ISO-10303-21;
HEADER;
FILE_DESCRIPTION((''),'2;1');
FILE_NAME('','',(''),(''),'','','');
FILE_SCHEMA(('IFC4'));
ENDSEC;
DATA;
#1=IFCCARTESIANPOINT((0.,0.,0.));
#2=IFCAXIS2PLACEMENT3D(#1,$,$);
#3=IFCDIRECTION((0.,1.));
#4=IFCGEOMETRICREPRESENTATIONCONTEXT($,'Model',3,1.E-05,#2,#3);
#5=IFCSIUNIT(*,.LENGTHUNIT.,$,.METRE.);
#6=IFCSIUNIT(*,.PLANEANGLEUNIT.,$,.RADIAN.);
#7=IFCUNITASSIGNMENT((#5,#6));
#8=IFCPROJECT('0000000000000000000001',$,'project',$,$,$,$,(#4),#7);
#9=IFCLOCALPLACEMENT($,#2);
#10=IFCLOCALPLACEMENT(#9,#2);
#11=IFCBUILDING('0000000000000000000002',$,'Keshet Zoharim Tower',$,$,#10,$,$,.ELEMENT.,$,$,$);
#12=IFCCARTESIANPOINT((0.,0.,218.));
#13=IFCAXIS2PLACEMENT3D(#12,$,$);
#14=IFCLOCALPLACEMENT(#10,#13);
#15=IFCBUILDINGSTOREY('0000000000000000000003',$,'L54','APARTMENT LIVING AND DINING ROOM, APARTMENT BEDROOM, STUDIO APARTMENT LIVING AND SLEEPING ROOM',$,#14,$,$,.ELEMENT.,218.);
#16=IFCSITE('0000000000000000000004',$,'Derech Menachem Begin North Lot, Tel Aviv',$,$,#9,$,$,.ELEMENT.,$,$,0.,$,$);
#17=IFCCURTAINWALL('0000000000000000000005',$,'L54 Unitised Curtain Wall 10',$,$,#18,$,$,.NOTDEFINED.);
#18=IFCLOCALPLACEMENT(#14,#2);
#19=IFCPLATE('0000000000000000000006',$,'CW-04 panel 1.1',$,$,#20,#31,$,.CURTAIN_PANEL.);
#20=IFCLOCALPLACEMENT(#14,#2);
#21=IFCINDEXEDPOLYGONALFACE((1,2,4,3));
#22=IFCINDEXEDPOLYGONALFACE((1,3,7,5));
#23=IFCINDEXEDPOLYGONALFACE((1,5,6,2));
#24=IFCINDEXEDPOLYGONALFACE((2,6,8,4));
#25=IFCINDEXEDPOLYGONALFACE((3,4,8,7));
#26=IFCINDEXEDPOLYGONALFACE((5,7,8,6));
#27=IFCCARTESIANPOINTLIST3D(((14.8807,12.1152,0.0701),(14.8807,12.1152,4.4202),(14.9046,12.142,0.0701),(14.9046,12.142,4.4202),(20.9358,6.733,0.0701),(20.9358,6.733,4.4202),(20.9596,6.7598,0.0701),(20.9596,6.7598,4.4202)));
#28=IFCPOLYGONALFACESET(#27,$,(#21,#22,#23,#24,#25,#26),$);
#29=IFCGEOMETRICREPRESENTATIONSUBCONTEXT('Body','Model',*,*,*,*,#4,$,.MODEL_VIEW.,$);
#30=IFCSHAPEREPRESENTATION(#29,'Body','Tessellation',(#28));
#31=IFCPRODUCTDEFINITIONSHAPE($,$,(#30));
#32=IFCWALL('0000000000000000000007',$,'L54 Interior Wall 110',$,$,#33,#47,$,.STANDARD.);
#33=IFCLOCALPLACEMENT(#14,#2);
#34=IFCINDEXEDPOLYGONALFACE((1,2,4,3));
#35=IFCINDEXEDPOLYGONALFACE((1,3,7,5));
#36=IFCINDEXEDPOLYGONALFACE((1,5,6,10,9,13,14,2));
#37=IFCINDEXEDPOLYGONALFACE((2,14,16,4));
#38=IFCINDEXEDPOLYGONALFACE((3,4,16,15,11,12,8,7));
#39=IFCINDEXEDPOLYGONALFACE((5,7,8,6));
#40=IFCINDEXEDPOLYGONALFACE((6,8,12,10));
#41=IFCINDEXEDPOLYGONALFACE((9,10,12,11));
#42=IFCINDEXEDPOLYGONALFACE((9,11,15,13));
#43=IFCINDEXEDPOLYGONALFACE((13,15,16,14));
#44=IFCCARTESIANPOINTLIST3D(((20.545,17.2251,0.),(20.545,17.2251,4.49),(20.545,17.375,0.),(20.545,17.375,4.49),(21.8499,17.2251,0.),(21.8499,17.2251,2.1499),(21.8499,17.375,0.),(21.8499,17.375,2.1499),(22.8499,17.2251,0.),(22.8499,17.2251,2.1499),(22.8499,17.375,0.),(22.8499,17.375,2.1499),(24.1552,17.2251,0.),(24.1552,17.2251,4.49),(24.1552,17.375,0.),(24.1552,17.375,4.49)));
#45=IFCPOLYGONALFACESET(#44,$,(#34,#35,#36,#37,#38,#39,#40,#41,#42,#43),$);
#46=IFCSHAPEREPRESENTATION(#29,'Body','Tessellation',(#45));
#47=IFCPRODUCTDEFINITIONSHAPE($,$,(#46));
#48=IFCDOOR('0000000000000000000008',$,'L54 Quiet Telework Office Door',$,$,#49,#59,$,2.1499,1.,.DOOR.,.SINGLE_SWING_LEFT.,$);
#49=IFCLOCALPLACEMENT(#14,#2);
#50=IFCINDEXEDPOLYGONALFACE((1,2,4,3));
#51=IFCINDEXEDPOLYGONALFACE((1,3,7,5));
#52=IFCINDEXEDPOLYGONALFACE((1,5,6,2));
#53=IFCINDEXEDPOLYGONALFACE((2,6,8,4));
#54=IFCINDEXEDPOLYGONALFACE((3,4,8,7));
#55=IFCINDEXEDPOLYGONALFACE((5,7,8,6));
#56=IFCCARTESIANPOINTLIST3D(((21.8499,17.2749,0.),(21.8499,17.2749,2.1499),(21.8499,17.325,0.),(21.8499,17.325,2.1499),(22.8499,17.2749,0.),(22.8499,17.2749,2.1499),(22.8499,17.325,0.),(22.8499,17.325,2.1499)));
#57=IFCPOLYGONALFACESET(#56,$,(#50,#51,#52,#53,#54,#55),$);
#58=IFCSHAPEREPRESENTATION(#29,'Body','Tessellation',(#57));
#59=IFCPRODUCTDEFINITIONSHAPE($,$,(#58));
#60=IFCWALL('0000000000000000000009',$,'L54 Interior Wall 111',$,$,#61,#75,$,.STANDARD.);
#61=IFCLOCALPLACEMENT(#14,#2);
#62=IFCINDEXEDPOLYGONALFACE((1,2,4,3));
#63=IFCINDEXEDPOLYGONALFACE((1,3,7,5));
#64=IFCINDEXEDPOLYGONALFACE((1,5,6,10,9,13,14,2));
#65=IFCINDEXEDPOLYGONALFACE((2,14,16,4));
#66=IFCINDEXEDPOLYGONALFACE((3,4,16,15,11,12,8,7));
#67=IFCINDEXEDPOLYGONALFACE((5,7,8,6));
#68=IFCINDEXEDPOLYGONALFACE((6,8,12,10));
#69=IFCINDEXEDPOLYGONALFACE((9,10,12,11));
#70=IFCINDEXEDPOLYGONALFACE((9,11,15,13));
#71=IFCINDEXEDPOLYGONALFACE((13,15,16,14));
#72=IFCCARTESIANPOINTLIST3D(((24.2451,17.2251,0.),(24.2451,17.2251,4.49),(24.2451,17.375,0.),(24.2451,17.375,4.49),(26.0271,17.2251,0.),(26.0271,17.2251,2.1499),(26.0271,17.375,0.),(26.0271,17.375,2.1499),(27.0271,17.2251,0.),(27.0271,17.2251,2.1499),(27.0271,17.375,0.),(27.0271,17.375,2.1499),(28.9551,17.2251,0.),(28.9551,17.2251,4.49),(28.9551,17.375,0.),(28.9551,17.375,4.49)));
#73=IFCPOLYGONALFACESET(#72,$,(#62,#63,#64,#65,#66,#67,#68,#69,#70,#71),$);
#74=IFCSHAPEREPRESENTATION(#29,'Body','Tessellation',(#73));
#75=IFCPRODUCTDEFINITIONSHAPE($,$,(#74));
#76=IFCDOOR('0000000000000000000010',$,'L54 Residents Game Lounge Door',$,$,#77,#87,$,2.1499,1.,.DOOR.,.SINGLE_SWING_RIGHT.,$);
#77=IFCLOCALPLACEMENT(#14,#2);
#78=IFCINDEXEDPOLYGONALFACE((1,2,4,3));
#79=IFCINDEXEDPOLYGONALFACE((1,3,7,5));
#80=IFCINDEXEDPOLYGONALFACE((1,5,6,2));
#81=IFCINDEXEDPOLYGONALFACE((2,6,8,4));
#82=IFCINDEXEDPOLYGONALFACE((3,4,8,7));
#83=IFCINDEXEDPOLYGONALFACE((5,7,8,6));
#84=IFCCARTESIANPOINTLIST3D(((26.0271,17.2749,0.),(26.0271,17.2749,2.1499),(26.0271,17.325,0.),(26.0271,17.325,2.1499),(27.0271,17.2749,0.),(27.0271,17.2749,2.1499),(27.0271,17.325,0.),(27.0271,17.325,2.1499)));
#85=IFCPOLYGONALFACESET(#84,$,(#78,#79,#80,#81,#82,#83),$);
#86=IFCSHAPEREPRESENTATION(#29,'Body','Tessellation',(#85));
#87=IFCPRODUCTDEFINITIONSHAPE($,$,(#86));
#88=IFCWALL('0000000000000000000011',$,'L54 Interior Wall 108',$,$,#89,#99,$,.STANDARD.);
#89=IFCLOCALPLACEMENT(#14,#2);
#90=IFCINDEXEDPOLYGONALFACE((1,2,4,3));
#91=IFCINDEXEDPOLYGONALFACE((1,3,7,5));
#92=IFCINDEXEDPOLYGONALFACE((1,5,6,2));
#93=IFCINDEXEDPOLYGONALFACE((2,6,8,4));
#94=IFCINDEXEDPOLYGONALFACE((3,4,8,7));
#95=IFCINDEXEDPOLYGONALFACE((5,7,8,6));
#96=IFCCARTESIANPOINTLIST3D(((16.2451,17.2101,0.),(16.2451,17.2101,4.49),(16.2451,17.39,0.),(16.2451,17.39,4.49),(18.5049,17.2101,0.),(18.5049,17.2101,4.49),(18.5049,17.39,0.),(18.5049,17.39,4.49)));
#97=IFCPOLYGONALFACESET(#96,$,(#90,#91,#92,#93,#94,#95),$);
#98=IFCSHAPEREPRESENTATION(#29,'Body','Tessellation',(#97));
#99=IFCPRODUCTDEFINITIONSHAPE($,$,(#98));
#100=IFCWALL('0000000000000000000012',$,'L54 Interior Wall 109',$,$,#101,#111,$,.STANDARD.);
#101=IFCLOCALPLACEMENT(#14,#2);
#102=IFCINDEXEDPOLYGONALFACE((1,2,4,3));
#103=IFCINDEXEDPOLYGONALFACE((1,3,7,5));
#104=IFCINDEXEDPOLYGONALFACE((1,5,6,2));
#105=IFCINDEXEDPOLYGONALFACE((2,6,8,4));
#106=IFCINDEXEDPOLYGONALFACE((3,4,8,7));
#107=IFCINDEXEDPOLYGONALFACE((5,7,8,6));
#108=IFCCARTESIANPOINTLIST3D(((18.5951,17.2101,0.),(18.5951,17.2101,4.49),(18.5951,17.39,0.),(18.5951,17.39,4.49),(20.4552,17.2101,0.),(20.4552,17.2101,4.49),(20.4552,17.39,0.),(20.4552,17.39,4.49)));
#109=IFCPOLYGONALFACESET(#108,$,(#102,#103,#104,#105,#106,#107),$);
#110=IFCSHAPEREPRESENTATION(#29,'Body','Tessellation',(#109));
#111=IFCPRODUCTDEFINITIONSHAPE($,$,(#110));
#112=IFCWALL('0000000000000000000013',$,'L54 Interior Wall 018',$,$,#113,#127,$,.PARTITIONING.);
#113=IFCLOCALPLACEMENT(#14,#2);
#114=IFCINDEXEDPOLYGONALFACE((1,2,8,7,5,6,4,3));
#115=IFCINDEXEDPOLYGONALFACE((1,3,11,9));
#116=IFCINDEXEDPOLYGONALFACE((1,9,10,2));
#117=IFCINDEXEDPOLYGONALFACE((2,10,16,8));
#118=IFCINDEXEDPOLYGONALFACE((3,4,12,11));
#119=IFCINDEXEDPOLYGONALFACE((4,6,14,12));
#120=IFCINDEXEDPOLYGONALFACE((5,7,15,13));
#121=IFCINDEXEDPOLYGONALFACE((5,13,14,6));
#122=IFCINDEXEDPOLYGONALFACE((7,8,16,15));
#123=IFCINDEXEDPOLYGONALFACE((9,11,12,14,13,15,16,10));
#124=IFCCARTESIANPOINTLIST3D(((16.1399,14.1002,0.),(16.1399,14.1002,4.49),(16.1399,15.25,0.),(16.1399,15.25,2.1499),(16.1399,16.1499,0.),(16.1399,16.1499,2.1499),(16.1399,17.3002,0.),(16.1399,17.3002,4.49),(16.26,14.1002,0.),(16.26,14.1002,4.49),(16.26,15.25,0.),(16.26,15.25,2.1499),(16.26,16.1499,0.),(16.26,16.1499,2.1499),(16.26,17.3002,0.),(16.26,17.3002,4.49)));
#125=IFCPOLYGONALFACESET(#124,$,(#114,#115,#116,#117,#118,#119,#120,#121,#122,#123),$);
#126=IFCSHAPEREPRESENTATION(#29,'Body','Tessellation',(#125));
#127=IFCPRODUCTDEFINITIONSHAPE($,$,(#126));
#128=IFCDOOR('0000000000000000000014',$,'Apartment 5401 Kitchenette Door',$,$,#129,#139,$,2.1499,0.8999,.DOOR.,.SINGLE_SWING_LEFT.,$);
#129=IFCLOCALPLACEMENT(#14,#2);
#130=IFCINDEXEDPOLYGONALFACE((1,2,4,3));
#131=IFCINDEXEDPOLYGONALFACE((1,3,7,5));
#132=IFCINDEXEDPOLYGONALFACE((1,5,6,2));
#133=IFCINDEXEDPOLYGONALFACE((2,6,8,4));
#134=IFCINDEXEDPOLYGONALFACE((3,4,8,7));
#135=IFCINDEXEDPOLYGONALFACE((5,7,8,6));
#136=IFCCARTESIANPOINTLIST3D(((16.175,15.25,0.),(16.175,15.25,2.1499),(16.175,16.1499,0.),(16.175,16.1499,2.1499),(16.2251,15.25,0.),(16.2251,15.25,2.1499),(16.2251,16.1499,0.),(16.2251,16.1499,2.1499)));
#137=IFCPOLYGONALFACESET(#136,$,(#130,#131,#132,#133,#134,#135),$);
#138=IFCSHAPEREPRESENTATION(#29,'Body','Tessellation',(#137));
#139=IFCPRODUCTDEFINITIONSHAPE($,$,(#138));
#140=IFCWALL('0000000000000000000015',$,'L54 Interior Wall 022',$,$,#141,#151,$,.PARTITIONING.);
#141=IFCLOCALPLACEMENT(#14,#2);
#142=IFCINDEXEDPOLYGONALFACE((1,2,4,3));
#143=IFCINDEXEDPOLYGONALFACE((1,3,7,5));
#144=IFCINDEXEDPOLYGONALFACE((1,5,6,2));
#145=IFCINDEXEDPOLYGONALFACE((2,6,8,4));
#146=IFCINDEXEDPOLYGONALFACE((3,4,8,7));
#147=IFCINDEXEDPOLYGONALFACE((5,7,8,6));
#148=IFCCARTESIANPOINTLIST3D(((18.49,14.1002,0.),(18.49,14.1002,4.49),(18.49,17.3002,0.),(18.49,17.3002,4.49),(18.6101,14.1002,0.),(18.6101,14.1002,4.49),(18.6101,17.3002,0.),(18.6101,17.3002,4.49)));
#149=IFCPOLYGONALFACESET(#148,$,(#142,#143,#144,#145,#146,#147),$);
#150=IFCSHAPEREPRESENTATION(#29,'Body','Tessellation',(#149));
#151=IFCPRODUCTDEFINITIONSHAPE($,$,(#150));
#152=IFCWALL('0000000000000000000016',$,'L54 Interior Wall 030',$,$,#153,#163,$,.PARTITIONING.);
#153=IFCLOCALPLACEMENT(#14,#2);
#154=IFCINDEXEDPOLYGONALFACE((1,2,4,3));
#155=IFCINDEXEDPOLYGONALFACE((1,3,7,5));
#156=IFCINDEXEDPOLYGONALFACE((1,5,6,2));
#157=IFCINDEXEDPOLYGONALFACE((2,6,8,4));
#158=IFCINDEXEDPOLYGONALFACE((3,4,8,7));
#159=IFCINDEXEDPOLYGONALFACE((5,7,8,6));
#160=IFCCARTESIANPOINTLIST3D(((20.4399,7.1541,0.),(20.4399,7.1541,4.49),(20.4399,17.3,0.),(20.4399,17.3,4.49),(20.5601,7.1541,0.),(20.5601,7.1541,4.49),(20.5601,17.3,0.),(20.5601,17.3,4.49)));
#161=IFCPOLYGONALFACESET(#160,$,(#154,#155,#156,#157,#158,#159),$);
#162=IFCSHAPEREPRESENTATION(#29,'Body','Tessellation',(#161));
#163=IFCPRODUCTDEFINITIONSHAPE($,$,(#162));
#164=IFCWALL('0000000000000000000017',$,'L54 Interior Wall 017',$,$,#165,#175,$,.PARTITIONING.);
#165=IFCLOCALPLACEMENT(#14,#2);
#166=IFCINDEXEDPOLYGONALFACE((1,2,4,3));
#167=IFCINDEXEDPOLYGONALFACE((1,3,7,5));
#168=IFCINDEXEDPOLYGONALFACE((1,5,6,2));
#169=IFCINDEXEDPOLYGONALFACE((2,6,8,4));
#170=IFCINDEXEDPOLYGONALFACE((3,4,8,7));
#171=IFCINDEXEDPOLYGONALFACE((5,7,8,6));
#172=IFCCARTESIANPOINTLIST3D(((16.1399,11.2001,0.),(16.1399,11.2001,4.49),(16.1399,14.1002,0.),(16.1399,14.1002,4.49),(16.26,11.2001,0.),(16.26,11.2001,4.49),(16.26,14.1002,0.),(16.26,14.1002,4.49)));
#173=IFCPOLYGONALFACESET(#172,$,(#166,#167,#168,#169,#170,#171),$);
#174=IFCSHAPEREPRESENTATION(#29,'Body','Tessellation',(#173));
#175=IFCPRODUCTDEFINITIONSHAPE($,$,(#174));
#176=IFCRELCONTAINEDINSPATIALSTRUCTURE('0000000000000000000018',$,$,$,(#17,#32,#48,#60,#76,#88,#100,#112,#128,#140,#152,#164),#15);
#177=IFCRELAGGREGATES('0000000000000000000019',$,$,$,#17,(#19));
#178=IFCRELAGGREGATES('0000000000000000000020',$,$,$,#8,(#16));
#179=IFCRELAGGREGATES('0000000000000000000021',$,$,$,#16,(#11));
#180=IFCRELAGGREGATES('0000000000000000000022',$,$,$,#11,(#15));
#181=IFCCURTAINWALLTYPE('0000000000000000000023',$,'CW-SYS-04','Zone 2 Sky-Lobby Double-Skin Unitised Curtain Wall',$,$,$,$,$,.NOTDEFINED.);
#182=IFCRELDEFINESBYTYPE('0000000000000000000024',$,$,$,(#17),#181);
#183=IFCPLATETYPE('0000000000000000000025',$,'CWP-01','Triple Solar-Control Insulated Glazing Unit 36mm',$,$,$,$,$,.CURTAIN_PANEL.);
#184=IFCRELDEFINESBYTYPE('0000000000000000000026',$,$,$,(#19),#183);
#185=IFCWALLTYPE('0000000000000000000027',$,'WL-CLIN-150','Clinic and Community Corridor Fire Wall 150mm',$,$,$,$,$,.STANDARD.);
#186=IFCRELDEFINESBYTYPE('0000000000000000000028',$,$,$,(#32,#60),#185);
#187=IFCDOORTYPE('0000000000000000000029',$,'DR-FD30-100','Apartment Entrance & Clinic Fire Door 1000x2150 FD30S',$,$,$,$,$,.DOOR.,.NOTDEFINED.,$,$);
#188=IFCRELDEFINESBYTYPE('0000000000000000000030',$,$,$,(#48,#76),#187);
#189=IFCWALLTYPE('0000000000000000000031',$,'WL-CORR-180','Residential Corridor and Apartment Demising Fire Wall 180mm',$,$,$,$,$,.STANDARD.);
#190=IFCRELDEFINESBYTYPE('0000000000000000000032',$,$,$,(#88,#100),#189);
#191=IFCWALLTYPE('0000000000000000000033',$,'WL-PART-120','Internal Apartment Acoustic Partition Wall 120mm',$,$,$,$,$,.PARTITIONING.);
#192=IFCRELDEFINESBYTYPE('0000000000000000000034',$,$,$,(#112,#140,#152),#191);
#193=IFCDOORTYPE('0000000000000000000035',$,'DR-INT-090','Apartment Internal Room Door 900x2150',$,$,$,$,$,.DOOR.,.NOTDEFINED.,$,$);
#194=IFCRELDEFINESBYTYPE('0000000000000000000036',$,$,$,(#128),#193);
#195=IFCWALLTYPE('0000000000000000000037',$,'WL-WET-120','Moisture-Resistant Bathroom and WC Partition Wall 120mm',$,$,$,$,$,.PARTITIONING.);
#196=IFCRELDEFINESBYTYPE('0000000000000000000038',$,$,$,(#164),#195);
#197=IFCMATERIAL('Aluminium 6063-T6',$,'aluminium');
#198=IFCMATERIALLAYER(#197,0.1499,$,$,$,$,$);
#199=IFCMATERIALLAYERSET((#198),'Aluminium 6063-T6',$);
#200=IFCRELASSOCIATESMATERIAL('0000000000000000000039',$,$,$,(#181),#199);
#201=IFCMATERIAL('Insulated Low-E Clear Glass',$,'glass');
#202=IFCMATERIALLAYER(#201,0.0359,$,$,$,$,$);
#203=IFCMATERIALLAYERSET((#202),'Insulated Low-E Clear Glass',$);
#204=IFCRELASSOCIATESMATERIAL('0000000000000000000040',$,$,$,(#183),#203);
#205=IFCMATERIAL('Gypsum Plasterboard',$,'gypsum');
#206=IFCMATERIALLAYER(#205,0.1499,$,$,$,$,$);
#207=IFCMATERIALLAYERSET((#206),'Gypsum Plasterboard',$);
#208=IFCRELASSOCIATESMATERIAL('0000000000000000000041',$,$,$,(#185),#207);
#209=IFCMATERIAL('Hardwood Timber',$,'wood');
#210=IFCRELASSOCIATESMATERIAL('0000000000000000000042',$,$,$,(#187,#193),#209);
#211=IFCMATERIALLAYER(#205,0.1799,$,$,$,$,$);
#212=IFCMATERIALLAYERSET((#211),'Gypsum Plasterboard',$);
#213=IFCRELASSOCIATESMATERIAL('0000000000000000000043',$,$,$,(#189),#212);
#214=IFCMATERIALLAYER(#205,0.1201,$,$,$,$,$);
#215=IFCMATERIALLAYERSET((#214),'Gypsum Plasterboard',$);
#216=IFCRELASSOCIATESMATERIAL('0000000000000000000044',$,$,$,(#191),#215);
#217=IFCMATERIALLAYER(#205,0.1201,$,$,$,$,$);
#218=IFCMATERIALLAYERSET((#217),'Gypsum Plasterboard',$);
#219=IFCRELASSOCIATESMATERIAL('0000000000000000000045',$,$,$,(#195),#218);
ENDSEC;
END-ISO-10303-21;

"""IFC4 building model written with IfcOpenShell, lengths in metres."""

from ifc_helpers import new_model, si_unit, direction, frame, frame_2d, origin, origin_2d, place, context, subcontext, project, spatial, rectangle, extrude, material, layer, layer_set, type_object, element, fill, aggregate, save


model = new_model("IFC4")

# Units and contexts
model_context = context("Model", 3, precision=1e-05, world=origin(), true_north=direction((0.0, 1.0)))
body_context = subcontext(model_context, "Body", "Model", "MODEL_VIEW")
ifc_project = project(units=[si_unit("LENGTHUNIT", "METRE"), si_unit("PLANEANGLEUNIT", "RADIAN")], contexts=[model_context])

# Site, building, storey
site_placement = place(None, origin())
site = spatial("IfcSite", under=ifc_project, at=site_placement, Name="Derech Menachem Begin North Lot, Tel Aviv", CompositionType="ELEMENT", RefElevation=0.0)
building_placement = place(site_placement, origin())
building = spatial("IfcBuilding", under=site, at=building_placement, Name="Keshet Zoharim Tower", CompositionType="ELEMENT")
storey_placement = place(building_placement, frame((0.0, 0.0, 218.0)))
storey = spatial("IfcBuildingStorey", under=building, at=storey_placement, Name="L54", Description="APARTMENT LIVING AND DINING ROOM, APARTMENT BEDROOM, STUDIO APARTMENT LIVING AND SLEEPING ROOM", CompositionType="ELEMENT", Elevation=218.0)

# Curtain wall, plate
ifc_material_1 = material(Name="Aluminium 6063-T6", Category="aluminium")
ifc_layer_1 = layer(ifc_material_1, 0.1499)
ifc_layer_set_1 = layer_set([ifc_layer_1], Name="Aluminium 6063-T6")
curtain_wall_type = type_object("IfcCurtainWallType", Name="CW-SYS-04", Description="Zone 2 Sky-Lobby Double-Skin Unitised Curtain Wall", PredefinedType="NOTDEFINED", material=ifc_layer_set_1)
curtain_wall_placement = place(storey_placement, origin())
curtain_wall = element("IfcCurtainWall", 1, at=curtain_wall_placement, inside=storey, type_object=curtain_wall_type, Name="L54 Unitised Curtain Wall 10", PredefinedType="NOTDEFINED")
ifc_material_2 = material(Name="Insulated Low-E Clear Glass", Category="glass")
ifc_layer_2 = layer(ifc_material_2, 0.0359)
ifc_layer_set_2 = layer_set([ifc_layer_2], Name="Insulated Low-E Clear Glass")
plate_type = type_object("IfcPlateType", Name="CWP-01", Description="Triple Solar-Control Insulated Glazing Unit 36mm", PredefinedType="CURTAIN_PANEL", material=ifc_layer_set_2)
plate_placement = place(storey_placement, frame((17.9202, 9.4375, 0.0701), z_axis=(0.0, 0.0, 1.0), x_axis=(-0.747415, 0.664358, 0.0)))
plate = element("IfcPlate", 2, at=plate_placement, type_object=plate_type, Name="CW-04 panel 1.1", PredefinedType="CURTAIN_PANEL", context=body_context, shape_type="SweptSolid", body=[
    extrude(rectangle(XDim=8.1013, YDim=0.0359, at=origin_2d()), origin(), (0.0, 0.0, 1.0), 4.3501),
])
aggregate(curtain_wall, [plate])

# Walls, openings, doors
ifc_material_3 = material(Name="Gypsum Plasterboard", Category="gypsum")
ifc_layer_3 = layer(ifc_material_3, 0.1499)
ifc_layer_set_3 = layer_set([ifc_layer_3], Name="Gypsum Plasterboard")
wall_type_1 = type_object("IfcWallType", Name="WL-CLIN-150", Description="Clinic and Community Corridor Fire Wall 150mm", PredefinedType="STANDARD", material=ifc_layer_set_3)
wall_1_placement = place(storey_placement, frame((20.5449, 17.3, 0.0), z_axis=(0.0, 0.0, 1.0), x_axis=(1.0, 0.0, 0.0)))
wall_1 = element("IfcWall", 3, at=wall_1_placement, inside=storey, type_object=wall_type_1, Name="L54 Interior Wall 110", PredefinedType="STANDARD", context=body_context, shape_type="SweptSolid", body=[
    extrude(rectangle(XDim=3.6101, YDim=0.1499, at=frame_2d((1.8052, 0.0))), origin(), (0.0, 0.0, 1.0), 4.49),
])
opening_1_placement = place(wall_1_placement, frame((1.3049, 0.0, 0.0)))
opening_1 = element("IfcOpeningElement", 4, at=opening_1_placement, cuts=wall_1, PredefinedType="OPENING", context=body_context, shape_type="SweptSolid", body=[
    extrude(rectangle(XDim=1.0, YDim=2.1499, at=frame_2d((0.5, 1.075))), frame((0.0, 0.085, 0.0), z_axis=(0.0, -1.0, 0.0), x_axis=(1.0, 0.0, 0.0)), (0.0, 0.0, 1.0), 0.1699),
])
ifc_material_4 = material(Name="Hardwood Timber", Category="wood")
door_type_1 = type_object("IfcDoorType", Name="DR-FD30-100", Description="Apartment Entrance & Clinic Fire Door 1000x2150 FD30S", OperationType="NOTDEFINED", PredefinedType="DOOR", material=ifc_material_4)
door_1_placement = place(opening_1_placement, origin())
door_1 = element("IfcDoor", 5, at=door_1_placement, inside=storey, type_object=door_type_1, Name="L54 Quiet Telework Office Door", OperationType="SINGLE_SWING_LEFT", OverallHeight=2.1499, OverallWidth=1.0, PredefinedType="DOOR", context=body_context, shape_type="SweptSolid", body=[
    extrude(rectangle(XDim=1.0, YDim=2.1499, at=frame_2d((0.5, 1.075))), frame((0.0, 0.0249, 0.0), z_axis=(0.0, -1.0, 0.0), x_axis=(1.0, 0.0, 0.0)), (0.0, 0.0, 1.0), 0.05),
])
fill(opening_1, door_1)
wall_2_placement = place(storey_placement, frame((24.2451, 17.3, 0.0), z_axis=(0.0, 0.0, 1.0), x_axis=(1.0, 0.0, 0.0)))
wall_2 = element("IfcWall", 6, at=wall_2_placement, inside=storey, type_object=wall_type_1, Name="L54 Interior Wall 111", PredefinedType="STANDARD", context=body_context, shape_type="SweptSolid", body=[
    extrude(rectangle(XDim=4.71, YDim=0.1499, at=frame_2d((2.355, 0.0))), origin(), (0.0, 0.0, 1.0), 4.49),
])
opening_2_placement = place(wall_2_placement, frame((1.782, 0.0, 0.0)))
opening_2 = element("IfcOpeningElement", 7, at=opening_2_placement, cuts=wall_2, PredefinedType="OPENING", context=body_context, shape_type="SweptSolid", body=[
    extrude(rectangle(XDim=1.0, YDim=2.1499, at=frame_2d((0.5, 1.075))), frame((0.0, 0.085, 0.0), z_axis=(0.0, -1.0, 0.0), x_axis=(1.0, 0.0, 0.0)), (0.0, 0.0, 1.0), 0.1699),
])
door_2_placement = place(opening_2_placement, origin())
door_2 = element("IfcDoor", 8, at=door_2_placement, inside=storey, type_object=door_type_1, Name="L54 Residents Game Lounge Door", OperationType="SINGLE_SWING_RIGHT", OverallHeight=2.1499, OverallWidth=1.0, PredefinedType="DOOR", context=body_context, shape_type="SweptSolid", body=[
    extrude(rectangle(XDim=1.0, YDim=2.1499, at=frame_2d((0.5, 1.075))), frame((0.0, 0.0249, 0.0), z_axis=(0.0, -1.0, 0.0), x_axis=(1.0, 0.0, 0.0)), (0.0, 0.0, 1.0), 0.05),
])
fill(opening_2, door_2)

# Walls
ifc_layer_4 = layer(ifc_material_3, 0.1799)
ifc_layer_set_4 = layer_set([ifc_layer_4], Name="Gypsum Plasterboard")
wall_type_2 = type_object("IfcWallType", Name="WL-CORR-180", Description="Residential Corridor and Apartment Demising Fire Wall 180mm", PredefinedType="STANDARD", material=ifc_layer_set_4)
wall_3_placement = place(storey_placement, frame((16.2451, 17.3, 0.0), z_axis=(0.0, 0.0, 1.0), x_axis=(1.0, 0.0, 0.0)))
element("IfcWall", 9, at=wall_3_placement, inside=storey, type_object=wall_type_2, Name="L54 Interior Wall 108", PredefinedType="STANDARD", context=body_context, shape_type="SweptSolid", body=[
    extrude(rectangle(XDim=2.2598, YDim=0.1799, at=frame_2d((1.1299, 0.0))), origin(), (0.0, 0.0, 1.0), 4.49),
])
wall_4_placement = place(storey_placement, frame((18.595, 17.3, 0.0), z_axis=(0.0, 0.0, 1.0), x_axis=(1.0, 0.0, 0.0)))
element("IfcWall", 10, at=wall_4_placement, inside=storey, type_object=wall_type_2, Name="L54 Interior Wall 109", PredefinedType="STANDARD", context=body_context, shape_type="SweptSolid", body=[
    extrude(rectangle(XDim=1.8601, YDim=0.1799, at=frame_2d((0.9302, 0.0))), origin(), (0.0, 0.0, 1.0), 4.49),
])

# Wall, opening, door
ifc_layer_5 = layer(ifc_material_3, 0.1201)
ifc_layer_set_5 = layer_set([ifc_layer_5], Name="Gypsum Plasterboard")
wall_type_3 = type_object("IfcWallType", Name="WL-PART-120", Description="Internal Apartment Acoustic Partition Wall 120mm", PredefinedType="PARTITIONING", material=ifc_layer_set_5)
wall_5_placement = place(storey_placement, frame((16.2, 14.1001, 0.0), z_axis=(0.0, 0.0, 1.0), x_axis=(0.0, 1.0, 0.0)))
wall_5 = element("IfcWall", 11, at=wall_5_placement, inside=storey, type_object=wall_type_3, Name="L54 Interior Wall 018", PredefinedType="PARTITIONING", context=body_context, shape_type="SweptSolid", body=[
    extrude(rectangle(XDim=3.2, YDim=0.1201, at=frame_2d((1.6001, 0.0))), origin(), (0.0, 0.0, 1.0), 4.49),
])
opening_3_placement = place(wall_5_placement, frame((1.1499, 0.0, 0.0)))
opening_3 = element("IfcOpeningElement", 12, at=opening_3_placement, cuts=wall_5, PredefinedType="OPENING", context=body_context, shape_type="SweptSolid", body=[
    extrude(rectangle(XDim=0.8999, YDim=2.1499, at=frame_2d((0.45, 1.075))), frame((0.0, 0.0701, 0.0), z_axis=(0.0, -1.0, 0.0), x_axis=(1.0, 0.0, 0.0)), (0.0, 0.0, 1.0), 0.1401),
])
door_type_2 = type_object("IfcDoorType", Name="DR-INT-090", Description="Apartment Internal Room Door 900x2150", OperationType="NOTDEFINED", PredefinedType="DOOR", material=ifc_material_4)
door_3_placement = place(opening_3_placement, origin())
door_3 = element("IfcDoor", 13, at=door_3_placement, inside=storey, type_object=door_type_2, Name="Apartment 5401 Kitchenette Door", OperationType="SINGLE_SWING_LEFT", OverallHeight=2.1499, OverallWidth=0.8999, PredefinedType="DOOR", context=body_context, shape_type="SweptSolid", body=[
    extrude(rectangle(XDim=0.8999, YDim=2.1499, at=frame_2d((0.45, 1.075))), frame((0.0, 0.0249, 0.0), z_axis=(0.0, -1.0, 0.0), x_axis=(1.0, 0.0, 0.0)), (0.0, 0.0, 1.0), 0.05),
])
fill(opening_3, door_3)

# Walls
wall_6_placement = place(storey_placement, frame((18.55, 14.1001, 0.0), z_axis=(0.0, 0.0, 1.0), x_axis=(0.0, 1.0, 0.0)))
element("IfcWall", 14, at=wall_6_placement, inside=storey, type_object=wall_type_3, Name="L54 Interior Wall 022", PredefinedType="PARTITIONING", context=body_context, shape_type="SweptSolid", body=[
    extrude(rectangle(XDim=3.2, YDim=0.1201, at=frame_2d((1.6001, 0.0))), origin(), (0.0, 0.0, 1.0), 4.49),
])
wall_7_placement = place(storey_placement, frame((20.5, 7.1541, 0.0), z_axis=(0.0, 0.0, 1.0), x_axis=(0.0, 1.0, 0.0)))
element("IfcWall", 15, at=wall_7_placement, inside=storey, type_object=wall_type_3, Name="L54 Interior Wall 030", PredefinedType="PARTITIONING", context=body_context, shape_type="SweptSolid", body=[
    extrude(rectangle(XDim=10.146, YDim=0.1201, at=frame_2d((5.073, 0.0))), origin(), (0.0, 0.0, 1.0), 4.49),
])
ifc_layer_6 = layer(ifc_material_3, 0.1201)
ifc_layer_set_6 = layer_set([ifc_layer_6], Name="Gypsum Plasterboard")
wall_type_4 = type_object("IfcWallType", Name="WL-WET-120", Description="Moisture-Resistant Bathroom and WC Partition Wall 120mm", PredefinedType="PARTITIONING", material=ifc_layer_set_6)
wall_8_placement = place(storey_placement, frame((16.2, 11.2, 0.0), z_axis=(0.0, 0.0, 1.0), x_axis=(0.0, 1.0, 0.0)))
element("IfcWall", 16, at=wall_8_placement, inside=storey, type_object=wall_type_4, Name="L54 Interior Wall 017", PredefinedType="PARTITIONING", context=body_context, shape_type="SweptSolid", body=[
    extrude(rectangle(XDim=2.9001, YDim=0.1201, at=frame_2d((1.4502, 0.0))), origin(), (0.0, 0.0, 1.0), 4.49),
])

save(model, "model.ifc")
